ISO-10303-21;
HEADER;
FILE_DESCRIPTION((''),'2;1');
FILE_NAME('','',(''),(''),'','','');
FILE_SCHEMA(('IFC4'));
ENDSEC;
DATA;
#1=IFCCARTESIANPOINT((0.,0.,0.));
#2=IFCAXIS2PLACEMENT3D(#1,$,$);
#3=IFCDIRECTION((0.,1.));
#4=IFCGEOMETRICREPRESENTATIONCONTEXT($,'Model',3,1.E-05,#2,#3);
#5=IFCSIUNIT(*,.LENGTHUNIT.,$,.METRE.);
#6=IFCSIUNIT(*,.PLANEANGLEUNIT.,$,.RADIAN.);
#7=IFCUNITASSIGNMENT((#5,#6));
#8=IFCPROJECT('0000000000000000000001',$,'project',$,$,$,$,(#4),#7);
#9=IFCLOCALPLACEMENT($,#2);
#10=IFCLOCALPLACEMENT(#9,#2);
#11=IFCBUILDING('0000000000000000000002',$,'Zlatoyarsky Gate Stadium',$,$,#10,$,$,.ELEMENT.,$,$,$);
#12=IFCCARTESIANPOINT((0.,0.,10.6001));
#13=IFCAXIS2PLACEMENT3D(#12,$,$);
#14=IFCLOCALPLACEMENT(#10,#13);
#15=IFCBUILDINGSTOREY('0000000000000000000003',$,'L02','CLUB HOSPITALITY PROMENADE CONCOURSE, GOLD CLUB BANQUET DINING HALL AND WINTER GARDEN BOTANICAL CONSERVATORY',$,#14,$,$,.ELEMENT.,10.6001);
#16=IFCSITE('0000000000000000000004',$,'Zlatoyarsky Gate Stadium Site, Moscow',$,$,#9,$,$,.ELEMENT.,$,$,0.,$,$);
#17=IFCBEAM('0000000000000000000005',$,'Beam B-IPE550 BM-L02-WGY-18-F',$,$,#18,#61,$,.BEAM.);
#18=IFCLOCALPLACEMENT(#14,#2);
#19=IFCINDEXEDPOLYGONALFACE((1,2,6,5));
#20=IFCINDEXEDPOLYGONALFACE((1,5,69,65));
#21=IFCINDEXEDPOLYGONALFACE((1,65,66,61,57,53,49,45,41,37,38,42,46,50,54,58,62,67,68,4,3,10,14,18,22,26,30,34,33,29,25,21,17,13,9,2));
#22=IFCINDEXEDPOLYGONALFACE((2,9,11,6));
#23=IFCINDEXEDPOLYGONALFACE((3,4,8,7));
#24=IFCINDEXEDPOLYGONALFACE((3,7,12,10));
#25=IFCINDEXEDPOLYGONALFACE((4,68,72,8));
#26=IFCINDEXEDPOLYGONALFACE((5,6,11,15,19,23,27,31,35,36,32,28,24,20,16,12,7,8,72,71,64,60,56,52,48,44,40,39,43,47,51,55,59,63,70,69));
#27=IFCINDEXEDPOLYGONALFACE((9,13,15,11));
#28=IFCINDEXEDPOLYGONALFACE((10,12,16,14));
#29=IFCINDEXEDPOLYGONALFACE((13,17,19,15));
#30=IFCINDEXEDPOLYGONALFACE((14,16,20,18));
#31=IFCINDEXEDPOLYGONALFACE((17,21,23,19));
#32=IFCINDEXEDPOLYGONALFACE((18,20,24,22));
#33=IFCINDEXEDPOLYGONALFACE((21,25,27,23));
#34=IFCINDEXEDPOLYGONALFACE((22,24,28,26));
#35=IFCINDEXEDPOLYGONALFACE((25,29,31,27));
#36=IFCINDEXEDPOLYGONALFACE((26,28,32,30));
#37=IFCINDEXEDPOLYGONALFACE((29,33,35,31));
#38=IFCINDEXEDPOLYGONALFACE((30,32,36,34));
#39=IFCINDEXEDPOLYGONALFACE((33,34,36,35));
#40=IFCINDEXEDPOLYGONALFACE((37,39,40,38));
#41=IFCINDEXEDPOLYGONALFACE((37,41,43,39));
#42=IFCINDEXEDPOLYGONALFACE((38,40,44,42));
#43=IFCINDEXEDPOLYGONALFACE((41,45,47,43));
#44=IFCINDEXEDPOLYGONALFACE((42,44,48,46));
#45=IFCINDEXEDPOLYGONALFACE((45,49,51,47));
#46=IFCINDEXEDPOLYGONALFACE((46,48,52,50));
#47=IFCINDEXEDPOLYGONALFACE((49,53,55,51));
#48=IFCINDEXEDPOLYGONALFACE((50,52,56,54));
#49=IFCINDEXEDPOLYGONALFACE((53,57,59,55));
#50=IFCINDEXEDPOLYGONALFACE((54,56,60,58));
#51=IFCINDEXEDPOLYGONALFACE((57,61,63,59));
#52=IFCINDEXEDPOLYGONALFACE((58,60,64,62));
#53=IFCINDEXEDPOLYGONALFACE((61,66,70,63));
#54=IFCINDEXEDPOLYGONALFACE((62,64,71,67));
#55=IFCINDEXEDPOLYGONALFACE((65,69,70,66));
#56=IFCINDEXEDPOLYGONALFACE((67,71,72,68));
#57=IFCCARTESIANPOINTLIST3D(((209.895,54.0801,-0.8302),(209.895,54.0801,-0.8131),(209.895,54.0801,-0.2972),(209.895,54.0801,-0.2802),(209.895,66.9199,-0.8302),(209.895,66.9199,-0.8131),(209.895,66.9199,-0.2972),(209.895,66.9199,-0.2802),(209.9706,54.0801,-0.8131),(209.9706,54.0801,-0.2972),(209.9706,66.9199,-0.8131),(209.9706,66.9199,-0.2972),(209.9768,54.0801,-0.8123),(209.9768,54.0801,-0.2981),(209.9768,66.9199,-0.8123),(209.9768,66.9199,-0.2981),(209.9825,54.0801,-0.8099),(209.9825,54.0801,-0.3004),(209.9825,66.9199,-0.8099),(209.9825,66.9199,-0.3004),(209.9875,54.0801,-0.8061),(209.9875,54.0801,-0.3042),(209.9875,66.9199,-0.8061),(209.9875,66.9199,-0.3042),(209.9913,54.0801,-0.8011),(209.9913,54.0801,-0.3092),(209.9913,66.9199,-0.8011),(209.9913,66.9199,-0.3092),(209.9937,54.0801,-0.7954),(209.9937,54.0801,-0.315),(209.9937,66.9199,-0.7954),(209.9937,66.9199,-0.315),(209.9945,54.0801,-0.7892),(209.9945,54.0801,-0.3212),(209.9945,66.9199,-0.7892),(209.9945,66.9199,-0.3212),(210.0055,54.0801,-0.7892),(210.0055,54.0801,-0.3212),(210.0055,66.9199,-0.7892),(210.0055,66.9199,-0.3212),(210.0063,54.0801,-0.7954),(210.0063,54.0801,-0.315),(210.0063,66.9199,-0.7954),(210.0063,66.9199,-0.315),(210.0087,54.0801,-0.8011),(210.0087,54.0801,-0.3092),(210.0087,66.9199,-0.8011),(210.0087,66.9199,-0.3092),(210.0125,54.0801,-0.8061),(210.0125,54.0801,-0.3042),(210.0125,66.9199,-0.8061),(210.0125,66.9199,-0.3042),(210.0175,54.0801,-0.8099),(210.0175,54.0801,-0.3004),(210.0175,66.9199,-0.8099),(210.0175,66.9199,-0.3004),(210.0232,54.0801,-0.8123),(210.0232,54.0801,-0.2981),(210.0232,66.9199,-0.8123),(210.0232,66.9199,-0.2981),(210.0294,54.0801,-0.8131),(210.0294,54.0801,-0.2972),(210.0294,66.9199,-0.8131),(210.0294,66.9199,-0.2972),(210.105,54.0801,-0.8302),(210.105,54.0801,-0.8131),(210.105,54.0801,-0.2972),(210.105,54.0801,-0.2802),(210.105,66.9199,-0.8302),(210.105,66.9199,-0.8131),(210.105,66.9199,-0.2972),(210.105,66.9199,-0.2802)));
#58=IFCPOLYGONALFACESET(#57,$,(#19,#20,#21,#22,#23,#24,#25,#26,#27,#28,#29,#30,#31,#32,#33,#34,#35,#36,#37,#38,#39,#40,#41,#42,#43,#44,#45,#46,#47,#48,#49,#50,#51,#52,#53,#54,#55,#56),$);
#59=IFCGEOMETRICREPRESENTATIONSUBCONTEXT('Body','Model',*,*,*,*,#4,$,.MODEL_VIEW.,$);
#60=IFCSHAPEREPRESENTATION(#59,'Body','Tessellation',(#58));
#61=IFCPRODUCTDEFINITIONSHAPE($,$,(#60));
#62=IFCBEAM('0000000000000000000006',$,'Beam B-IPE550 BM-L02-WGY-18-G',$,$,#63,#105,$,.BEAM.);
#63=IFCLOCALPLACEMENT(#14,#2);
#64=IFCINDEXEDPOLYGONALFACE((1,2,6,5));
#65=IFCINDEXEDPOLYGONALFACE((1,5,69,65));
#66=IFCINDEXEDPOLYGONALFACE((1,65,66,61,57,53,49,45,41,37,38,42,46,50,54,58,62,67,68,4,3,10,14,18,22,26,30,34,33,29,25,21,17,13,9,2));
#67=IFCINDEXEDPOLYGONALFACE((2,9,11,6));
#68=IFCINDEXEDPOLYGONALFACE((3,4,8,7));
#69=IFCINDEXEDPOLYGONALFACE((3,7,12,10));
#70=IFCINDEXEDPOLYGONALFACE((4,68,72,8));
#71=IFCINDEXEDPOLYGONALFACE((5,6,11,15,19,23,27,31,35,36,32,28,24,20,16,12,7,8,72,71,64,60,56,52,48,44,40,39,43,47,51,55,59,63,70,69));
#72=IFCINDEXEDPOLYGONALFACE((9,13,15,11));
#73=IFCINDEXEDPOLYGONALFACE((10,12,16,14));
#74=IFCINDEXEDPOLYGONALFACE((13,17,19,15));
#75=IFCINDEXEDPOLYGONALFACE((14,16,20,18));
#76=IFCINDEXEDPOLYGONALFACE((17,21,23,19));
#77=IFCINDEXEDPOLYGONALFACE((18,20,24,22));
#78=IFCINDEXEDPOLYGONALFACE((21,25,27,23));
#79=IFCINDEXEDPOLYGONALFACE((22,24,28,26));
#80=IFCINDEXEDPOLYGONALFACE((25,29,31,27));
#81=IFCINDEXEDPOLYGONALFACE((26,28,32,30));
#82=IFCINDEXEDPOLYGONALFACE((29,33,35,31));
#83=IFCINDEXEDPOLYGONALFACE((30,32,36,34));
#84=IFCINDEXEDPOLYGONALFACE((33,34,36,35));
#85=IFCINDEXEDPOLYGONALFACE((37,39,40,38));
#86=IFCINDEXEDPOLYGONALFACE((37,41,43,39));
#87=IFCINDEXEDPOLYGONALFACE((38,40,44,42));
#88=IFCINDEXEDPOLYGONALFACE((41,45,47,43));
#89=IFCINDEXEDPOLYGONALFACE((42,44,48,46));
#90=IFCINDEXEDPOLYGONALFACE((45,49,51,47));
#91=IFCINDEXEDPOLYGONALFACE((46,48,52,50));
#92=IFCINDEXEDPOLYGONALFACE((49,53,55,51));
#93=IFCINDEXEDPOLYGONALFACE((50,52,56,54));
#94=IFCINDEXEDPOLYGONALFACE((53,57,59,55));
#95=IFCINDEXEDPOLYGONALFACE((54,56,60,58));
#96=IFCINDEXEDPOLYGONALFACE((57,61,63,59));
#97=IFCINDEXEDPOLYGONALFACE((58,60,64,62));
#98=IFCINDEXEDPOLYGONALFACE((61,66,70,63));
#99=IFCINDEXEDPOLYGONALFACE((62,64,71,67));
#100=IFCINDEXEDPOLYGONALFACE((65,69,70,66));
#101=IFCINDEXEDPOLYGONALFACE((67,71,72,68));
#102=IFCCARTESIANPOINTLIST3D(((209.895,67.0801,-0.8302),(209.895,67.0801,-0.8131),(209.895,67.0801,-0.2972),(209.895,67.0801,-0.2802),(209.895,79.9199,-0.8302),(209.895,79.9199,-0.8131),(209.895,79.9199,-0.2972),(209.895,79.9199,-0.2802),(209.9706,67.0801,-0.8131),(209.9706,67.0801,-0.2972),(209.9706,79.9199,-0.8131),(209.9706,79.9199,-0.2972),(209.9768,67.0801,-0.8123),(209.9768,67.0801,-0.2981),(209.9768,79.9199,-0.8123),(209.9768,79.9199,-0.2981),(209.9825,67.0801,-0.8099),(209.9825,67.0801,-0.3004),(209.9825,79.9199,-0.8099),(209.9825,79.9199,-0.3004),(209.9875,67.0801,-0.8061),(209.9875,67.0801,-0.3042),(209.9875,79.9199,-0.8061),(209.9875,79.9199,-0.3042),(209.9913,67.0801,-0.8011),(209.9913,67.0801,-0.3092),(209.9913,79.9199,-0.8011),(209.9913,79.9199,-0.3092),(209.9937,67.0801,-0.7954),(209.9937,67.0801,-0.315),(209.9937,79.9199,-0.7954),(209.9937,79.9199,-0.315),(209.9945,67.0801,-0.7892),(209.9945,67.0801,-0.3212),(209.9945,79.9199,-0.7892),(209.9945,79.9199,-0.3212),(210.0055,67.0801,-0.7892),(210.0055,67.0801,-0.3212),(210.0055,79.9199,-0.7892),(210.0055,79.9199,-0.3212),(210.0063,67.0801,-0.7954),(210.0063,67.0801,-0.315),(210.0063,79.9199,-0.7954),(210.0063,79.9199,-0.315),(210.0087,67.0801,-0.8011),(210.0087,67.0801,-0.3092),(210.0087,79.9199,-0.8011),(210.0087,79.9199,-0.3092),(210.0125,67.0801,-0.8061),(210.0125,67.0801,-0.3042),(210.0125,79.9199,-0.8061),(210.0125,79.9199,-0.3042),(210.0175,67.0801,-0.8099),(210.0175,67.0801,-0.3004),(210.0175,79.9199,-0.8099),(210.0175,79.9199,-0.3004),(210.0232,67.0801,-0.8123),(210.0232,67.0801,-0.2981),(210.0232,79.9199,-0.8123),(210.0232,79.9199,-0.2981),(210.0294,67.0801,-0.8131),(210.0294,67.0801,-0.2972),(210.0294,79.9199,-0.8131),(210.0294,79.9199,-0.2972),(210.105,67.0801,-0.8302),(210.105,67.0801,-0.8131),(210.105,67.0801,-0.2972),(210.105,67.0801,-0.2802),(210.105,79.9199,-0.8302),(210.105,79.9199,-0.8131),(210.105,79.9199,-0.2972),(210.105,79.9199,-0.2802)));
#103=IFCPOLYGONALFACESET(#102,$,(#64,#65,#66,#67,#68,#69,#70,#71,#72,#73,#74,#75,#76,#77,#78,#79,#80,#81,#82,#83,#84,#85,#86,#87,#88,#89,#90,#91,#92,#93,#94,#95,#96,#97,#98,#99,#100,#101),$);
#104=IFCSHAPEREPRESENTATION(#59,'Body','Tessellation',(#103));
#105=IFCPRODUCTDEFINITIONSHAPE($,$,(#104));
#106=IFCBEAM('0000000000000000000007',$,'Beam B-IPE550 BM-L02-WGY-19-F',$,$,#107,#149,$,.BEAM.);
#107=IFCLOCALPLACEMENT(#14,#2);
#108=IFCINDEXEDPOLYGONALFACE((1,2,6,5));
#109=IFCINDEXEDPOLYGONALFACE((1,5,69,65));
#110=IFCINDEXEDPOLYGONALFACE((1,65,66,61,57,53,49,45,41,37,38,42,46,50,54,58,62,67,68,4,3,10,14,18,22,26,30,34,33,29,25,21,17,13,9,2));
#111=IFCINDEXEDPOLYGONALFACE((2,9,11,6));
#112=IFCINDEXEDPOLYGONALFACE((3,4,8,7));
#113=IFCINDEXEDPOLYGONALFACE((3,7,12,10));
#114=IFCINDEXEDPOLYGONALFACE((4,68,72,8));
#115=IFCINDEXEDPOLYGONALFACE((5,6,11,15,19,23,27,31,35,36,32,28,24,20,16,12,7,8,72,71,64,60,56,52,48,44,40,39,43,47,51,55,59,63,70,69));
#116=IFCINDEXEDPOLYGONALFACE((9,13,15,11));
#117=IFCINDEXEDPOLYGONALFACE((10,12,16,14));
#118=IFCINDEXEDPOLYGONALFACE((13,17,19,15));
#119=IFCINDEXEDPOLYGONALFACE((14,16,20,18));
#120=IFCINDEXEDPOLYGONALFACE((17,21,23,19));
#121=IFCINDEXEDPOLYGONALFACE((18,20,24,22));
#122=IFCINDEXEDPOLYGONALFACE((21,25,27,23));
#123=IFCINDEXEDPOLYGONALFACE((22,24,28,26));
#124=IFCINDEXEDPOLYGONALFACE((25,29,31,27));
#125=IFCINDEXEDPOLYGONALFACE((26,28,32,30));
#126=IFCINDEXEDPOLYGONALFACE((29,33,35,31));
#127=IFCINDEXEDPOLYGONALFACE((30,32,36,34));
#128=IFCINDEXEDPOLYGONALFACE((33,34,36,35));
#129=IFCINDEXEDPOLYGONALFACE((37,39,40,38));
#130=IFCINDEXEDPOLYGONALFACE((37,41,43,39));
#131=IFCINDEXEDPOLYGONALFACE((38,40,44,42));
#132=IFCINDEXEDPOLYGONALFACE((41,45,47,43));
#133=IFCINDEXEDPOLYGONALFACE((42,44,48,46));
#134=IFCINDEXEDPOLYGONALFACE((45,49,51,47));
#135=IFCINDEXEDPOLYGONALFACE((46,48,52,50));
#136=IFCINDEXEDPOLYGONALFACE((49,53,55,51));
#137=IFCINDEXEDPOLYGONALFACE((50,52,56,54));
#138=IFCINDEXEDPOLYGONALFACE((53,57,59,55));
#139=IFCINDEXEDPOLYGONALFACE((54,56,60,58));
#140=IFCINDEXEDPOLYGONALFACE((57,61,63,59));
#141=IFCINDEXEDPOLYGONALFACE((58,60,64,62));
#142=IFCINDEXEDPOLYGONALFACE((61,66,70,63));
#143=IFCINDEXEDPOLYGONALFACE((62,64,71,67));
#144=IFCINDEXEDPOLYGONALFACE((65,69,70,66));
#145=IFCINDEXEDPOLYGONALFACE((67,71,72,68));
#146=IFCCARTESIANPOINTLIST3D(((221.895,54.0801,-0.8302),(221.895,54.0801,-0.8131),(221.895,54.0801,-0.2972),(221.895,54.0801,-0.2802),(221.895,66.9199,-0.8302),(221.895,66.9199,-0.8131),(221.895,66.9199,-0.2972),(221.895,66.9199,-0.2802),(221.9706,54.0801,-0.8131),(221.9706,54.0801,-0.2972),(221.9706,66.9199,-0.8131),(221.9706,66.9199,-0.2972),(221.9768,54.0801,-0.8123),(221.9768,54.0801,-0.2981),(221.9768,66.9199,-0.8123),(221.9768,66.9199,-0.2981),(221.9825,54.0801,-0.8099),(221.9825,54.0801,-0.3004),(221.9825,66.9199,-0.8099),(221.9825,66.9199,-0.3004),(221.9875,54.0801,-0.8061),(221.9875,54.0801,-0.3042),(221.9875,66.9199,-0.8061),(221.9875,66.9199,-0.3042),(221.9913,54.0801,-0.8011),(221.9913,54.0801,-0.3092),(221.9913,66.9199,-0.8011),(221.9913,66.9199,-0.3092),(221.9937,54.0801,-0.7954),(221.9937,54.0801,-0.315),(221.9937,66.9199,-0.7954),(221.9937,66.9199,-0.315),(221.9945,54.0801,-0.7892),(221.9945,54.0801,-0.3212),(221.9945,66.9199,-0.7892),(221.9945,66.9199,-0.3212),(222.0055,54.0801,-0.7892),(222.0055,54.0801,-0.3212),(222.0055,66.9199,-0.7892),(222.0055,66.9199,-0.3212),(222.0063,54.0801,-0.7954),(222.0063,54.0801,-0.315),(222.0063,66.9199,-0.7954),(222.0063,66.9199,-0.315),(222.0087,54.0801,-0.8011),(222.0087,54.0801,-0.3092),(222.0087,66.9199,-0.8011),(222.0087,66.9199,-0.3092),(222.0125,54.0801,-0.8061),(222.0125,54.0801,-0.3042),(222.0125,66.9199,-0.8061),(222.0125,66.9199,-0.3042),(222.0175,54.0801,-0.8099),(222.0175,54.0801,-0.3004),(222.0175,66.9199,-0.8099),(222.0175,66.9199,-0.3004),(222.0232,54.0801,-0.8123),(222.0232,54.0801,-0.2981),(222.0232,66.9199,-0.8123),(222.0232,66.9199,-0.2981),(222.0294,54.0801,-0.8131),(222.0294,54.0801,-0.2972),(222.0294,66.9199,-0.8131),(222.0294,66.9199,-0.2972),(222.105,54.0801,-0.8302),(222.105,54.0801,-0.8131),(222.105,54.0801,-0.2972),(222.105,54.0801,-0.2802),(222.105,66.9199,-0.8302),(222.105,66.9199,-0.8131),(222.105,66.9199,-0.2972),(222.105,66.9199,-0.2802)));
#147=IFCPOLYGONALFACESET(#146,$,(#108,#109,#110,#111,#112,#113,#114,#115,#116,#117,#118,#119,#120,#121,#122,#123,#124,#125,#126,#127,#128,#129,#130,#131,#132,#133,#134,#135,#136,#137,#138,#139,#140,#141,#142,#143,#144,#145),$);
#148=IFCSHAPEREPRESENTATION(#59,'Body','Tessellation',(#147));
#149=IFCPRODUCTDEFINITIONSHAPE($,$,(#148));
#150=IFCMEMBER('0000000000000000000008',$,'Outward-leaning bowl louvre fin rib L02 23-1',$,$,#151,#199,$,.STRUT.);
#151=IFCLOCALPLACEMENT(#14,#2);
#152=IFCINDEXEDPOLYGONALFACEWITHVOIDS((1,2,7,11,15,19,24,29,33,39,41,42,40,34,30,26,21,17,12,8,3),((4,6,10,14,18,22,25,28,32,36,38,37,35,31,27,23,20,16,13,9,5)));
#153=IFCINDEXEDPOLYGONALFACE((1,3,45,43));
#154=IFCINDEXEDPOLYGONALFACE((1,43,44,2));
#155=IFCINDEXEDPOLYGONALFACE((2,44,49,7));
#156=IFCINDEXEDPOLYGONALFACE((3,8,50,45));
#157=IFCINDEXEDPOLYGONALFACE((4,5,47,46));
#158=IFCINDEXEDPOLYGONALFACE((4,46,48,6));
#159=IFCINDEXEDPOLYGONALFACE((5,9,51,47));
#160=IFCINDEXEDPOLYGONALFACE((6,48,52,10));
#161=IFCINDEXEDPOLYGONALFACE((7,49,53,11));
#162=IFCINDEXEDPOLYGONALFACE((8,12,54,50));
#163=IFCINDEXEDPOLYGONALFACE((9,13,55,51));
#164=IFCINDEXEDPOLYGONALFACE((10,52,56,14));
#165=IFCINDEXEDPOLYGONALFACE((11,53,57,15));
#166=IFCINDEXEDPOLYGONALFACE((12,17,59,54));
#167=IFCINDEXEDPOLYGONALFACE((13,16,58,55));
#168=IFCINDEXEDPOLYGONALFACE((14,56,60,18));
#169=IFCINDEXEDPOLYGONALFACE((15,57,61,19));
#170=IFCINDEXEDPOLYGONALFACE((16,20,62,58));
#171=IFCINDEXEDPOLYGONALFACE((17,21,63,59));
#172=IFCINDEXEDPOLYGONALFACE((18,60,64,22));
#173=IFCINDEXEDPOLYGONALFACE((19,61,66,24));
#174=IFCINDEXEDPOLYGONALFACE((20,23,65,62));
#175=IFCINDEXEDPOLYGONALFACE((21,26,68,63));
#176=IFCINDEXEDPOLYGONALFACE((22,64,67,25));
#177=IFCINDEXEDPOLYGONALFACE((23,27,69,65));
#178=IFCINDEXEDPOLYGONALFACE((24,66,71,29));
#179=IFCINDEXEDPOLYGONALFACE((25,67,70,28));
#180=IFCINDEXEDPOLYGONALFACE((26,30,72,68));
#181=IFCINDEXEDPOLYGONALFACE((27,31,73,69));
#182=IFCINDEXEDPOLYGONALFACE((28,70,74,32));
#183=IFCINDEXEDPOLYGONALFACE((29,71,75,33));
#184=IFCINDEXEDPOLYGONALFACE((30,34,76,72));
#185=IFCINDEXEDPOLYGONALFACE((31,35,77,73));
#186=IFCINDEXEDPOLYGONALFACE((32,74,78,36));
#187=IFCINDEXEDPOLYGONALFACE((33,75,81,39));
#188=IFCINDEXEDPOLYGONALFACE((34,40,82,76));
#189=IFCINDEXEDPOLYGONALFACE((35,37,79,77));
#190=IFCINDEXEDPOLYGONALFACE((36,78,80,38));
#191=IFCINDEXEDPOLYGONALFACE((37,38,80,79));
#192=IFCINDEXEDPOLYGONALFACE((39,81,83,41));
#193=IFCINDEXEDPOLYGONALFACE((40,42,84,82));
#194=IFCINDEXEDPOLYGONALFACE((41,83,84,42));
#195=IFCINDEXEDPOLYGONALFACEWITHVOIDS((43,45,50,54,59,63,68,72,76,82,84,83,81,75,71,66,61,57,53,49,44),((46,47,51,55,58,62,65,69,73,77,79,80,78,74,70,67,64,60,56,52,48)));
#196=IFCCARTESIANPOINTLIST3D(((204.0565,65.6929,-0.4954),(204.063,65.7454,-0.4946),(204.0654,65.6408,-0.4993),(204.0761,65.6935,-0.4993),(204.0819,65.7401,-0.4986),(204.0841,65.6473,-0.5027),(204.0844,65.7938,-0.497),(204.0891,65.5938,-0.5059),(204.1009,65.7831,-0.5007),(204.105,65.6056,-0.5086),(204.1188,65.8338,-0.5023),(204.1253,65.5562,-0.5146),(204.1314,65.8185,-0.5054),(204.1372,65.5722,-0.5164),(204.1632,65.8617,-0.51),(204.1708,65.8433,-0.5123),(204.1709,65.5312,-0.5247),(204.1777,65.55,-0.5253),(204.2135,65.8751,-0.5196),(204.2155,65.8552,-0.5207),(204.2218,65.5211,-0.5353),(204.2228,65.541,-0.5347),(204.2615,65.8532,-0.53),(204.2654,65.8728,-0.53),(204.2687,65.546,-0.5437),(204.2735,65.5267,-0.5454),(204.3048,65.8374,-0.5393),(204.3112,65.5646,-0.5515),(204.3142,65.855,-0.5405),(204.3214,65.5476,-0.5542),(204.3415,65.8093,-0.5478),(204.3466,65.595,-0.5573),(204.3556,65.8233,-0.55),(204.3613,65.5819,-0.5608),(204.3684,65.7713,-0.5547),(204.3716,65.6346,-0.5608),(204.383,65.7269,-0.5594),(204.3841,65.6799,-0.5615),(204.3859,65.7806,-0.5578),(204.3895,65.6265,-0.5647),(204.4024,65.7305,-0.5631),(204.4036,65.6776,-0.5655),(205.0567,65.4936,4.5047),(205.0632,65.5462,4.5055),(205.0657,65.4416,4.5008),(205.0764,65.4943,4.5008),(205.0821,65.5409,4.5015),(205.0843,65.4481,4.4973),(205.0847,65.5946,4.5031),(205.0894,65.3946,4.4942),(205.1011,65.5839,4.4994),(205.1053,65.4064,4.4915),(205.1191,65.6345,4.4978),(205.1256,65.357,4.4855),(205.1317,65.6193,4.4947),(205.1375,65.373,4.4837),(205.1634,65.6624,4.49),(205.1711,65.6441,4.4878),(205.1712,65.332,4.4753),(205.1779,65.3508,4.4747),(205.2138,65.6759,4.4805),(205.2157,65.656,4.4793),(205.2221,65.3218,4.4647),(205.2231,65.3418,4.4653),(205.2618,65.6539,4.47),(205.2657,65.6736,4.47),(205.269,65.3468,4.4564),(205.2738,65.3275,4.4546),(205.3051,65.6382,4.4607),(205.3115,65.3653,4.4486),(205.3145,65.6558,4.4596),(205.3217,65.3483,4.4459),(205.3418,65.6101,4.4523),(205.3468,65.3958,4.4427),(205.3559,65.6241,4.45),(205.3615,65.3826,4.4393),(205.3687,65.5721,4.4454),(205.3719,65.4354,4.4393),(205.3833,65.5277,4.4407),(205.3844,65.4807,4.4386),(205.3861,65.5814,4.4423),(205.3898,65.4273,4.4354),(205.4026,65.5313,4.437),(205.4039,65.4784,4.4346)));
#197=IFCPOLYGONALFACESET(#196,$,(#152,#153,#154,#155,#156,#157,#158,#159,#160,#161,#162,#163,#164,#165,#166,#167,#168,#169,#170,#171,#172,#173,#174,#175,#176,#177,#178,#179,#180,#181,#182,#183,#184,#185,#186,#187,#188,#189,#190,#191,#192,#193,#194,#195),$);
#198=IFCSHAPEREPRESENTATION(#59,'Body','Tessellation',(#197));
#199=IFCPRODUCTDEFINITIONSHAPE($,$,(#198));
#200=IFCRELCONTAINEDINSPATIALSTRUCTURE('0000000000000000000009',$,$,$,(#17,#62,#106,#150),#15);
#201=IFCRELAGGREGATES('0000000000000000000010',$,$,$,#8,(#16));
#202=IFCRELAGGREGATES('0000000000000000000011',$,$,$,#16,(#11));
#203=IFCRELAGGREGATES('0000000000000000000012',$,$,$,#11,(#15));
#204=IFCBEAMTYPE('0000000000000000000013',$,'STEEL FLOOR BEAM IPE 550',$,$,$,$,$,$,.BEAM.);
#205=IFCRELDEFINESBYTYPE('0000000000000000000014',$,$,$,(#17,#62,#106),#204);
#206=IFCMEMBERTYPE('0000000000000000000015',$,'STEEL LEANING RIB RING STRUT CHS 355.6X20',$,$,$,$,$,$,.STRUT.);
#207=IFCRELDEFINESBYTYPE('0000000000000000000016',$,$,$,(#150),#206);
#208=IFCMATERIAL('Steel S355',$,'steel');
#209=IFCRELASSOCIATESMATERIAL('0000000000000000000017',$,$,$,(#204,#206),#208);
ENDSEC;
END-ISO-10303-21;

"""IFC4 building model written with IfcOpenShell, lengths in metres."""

from ifc_helpers import new_model, si_unit, direction, frame, origin, origin_2d, place, context, subcontext, project, spatial, hollow_circle, i_section, extrude, material, material_profile, profile_set, type_object, element, save


model = new_model("IFC4")

# Units and contexts
model_context = context("Model", 3, precision=1e-05, world=origin(), true_north=direction((0.0, 1.0)))
body_context = subcontext(model_context, "Body", "Model", "MODEL_VIEW")
ifc_project = project(units=[si_unit("LENGTHUNIT", "METRE"), si_unit("PLANEANGLEUNIT", "RADIAN")], contexts=[model_context])

# Site, building, storey
site_placement = place(None, origin())
site = spatial("IfcSite", under=ifc_project, at=site_placement, Name="Zlatoyarsky Gate Stadium Site, Moscow", CompositionType="ELEMENT", RefElevation=0.0)
building_placement = place(site_placement, origin())
building = spatial("IfcBuilding", under=site, at=building_placement, Name="Zlatoyarsky Gate Stadium", CompositionType="ELEMENT")
storey_placement = place(building_placement, frame((0.0, 0.0, 10.6001)))
storey = spatial("IfcBuildingStorey", under=building, at=storey_placement, Name="L02", Description="CLUB HOSPITALITY PROMENADE CONCOURSE, GOLD CLUB BANQUET DINING HALL AND WINTER GARDEN BOTANICAL CONSERVATORY", CompositionType="ELEMENT", Elevation=10.6001)

# Shared definitions
ifc_material_1 = material(Name="Steel S355", Category="steel")

# Beams
ifc_material_profile_1 = material_profile(ifc_material_1, i_section(OverallWidth=0.21, OverallDepth=0.55, WebThickness=0.011, FlangeThickness=0.0171, FilletRadius=0.0239, at=origin_2d()), Name="IPE 550")
ifc_profile_set_1 = profile_set([ifc_material_profile_1], Name="Steel S355")
beam_type_1 = type_object("IfcBeamType", Name="STEEL FLOOR BEAM IPE 550", PredefinedType="BEAM", material=ifc_profile_set_1)
for number, where, z_axis, x_axis, name in (
    (1, (210.0, 54.0801, -0.5552), (0.0, 1.0, 0.0), (-1.0, 0.0, 0.0), "Beam B-IPE550 BM-L02-WGY-18-F"),
    (2, (210.0, 67.0801, -0.5552), (0.0, 1.0, 0.0), (-1.0, 0.0, 0.0), "Beam B-IPE550 BM-L02-WGY-18-G"),
    (3, (222.0, 54.0801, -0.5552), (0.0, 1.0, 0.0), (-1.0, 0.0, 0.0), "Beam B-IPE550 BM-L02-WGY-19-F"),
):
    element("IfcBeam", number, at=place(storey_placement, frame(where, z_axis=z_axis, x_axis=x_axis)), inside=storey, type_object=beam_type_1, Name=name, PredefinedType="BEAM", context=body_context, shape_type="SweptSolid", body=[
        extrude(i_section(OverallWidth=0.21, OverallDepth=0.55, WebThickness=0.011, FlangeThickness=0.0171, FilletRadius=0.0239, at=origin_2d()), origin(), (0.0, 0.0, 1.0), 12.8398),
    ])

# Member
ifc_material_profile_2 = material_profile(ifc_material_1, hollow_circle(Radius=0.1777, WallThickness=0.02, at=origin_2d()), Name="CHS 355.6X20")
ifc_profile_set_2 = profile_set([ifc_material_profile_2], Name="Steel S355")
member_type_1 = type_object("IfcMemberType", Name="STEEL LEANING RIB RING STRUT CHS 355.6X20", PredefinedType="STRUT", material=ifc_profile_set_2)
member_1_placement = place(storey_placement, frame((204.2307, 65.6985, -0.53), z_axis=(0.196013, -0.03904, 0.979824), x_axis=(0.195333, 0.980737, 0.0)))
element("IfcMember", 4, at=member_1_placement, inside=storey, type_object=member_type_1, Name="Outward-leaning bowl louvre fin rib L02 23-1", PredefinedType="STRUT", context=body_context, shape_type="SweptSolid", body=[
    extrude(hollow_circle(Radius=0.1777, WallThickness=0.02, at=origin_2d()), origin(), (0.0, 0.0, 1.0), 5.103),
])

save(model, "model.ifc")
